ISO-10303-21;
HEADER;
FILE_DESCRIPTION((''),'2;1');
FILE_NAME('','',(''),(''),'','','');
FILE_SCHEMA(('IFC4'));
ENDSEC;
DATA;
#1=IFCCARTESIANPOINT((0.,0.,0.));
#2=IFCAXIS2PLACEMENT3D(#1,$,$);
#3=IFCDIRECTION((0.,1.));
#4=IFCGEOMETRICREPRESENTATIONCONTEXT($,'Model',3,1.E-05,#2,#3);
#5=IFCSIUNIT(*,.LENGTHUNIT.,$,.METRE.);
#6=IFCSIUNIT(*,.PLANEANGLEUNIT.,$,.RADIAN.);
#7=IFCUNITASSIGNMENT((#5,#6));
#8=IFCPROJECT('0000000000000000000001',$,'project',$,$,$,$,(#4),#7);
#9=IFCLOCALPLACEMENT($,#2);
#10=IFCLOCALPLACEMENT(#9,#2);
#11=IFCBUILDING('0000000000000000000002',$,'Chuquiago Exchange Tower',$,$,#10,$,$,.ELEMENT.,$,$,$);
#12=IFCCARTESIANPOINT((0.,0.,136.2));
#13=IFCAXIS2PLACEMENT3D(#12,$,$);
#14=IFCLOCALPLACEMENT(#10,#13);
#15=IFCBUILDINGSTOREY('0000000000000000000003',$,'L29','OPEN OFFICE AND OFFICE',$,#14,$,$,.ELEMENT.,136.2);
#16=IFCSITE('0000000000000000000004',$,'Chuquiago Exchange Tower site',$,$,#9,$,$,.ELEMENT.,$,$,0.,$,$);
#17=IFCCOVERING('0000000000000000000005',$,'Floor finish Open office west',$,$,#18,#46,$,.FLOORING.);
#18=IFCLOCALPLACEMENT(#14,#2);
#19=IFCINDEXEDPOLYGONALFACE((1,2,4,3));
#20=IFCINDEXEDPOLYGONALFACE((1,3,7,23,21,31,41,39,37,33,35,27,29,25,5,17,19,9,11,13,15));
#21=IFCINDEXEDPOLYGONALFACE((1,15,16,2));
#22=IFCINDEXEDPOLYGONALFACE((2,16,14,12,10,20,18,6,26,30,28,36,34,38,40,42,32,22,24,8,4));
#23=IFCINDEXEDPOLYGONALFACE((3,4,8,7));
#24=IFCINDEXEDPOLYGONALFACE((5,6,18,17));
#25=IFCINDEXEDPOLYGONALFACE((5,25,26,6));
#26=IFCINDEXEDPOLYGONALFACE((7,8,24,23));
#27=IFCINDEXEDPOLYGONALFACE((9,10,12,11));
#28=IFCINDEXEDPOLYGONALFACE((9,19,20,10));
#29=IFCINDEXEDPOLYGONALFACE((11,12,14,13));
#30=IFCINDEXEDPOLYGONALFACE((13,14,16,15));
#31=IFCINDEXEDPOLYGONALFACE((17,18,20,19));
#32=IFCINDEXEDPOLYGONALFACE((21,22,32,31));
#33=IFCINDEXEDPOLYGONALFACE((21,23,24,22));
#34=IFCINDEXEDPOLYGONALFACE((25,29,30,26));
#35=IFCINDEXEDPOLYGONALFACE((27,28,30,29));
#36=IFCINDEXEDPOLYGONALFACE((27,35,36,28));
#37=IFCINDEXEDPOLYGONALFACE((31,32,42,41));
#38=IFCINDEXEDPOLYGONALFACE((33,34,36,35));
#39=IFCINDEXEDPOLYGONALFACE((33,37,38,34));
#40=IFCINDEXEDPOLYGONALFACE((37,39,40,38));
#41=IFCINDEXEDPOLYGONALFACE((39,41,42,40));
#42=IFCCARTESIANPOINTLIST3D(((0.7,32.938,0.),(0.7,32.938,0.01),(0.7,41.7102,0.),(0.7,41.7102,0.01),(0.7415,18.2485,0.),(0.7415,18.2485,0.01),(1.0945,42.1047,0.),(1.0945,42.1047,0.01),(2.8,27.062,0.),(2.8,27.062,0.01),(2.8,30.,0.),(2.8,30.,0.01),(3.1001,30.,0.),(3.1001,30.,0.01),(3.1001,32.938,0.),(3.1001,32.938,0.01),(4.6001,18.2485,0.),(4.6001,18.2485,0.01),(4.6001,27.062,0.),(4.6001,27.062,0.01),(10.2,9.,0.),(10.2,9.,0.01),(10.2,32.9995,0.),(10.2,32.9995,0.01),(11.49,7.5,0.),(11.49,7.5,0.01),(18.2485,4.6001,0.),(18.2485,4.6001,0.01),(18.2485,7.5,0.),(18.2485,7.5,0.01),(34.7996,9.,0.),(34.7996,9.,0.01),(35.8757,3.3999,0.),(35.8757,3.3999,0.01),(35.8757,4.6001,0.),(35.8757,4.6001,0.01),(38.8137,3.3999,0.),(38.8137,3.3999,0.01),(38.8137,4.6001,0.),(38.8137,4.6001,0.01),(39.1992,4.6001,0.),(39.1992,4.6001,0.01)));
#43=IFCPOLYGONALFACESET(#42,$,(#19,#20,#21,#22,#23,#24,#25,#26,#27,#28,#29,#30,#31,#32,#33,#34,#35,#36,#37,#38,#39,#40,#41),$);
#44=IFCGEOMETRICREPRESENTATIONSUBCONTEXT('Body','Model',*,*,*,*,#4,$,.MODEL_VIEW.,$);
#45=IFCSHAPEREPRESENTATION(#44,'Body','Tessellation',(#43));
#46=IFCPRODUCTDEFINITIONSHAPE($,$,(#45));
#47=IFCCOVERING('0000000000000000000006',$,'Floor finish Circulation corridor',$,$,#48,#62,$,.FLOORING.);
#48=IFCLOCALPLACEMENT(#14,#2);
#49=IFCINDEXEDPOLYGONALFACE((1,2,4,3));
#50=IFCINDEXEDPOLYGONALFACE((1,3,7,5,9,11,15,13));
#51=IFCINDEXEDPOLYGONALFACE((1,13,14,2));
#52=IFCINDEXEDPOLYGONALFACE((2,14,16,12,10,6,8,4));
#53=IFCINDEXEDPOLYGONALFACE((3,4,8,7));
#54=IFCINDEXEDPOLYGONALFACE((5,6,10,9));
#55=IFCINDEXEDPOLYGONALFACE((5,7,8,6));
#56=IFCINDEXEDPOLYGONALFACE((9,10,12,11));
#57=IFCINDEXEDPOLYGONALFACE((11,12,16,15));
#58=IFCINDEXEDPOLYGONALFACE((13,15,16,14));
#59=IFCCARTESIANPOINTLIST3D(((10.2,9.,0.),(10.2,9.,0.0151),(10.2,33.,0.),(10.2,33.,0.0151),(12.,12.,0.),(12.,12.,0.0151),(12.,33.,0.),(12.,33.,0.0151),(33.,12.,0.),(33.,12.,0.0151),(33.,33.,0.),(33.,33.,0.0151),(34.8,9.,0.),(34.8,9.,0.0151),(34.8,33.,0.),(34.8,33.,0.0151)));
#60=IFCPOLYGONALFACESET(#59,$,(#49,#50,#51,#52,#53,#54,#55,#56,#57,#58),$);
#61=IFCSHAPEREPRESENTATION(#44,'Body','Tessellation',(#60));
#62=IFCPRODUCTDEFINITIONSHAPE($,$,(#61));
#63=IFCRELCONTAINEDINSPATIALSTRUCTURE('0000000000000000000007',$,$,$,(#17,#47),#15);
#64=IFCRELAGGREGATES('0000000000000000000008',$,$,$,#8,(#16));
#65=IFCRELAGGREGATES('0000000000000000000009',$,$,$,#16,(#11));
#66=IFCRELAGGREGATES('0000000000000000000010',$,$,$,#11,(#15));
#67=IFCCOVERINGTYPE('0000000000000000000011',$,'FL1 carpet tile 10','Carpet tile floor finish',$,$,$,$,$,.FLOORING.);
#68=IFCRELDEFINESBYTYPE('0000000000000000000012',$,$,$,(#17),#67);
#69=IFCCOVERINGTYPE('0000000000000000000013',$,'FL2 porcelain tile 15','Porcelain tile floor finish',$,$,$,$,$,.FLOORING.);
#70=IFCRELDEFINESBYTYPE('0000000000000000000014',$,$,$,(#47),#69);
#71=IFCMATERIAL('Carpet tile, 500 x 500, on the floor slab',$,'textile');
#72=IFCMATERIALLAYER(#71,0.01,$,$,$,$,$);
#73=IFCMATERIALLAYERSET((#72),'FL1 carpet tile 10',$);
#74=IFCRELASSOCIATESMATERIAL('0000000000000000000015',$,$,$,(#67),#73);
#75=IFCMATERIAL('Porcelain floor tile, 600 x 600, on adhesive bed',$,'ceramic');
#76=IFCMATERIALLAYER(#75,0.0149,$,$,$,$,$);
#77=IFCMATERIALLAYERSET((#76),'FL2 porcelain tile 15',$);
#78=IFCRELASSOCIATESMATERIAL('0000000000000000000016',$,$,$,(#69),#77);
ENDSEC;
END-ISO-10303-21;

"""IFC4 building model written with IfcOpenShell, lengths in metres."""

from ifc_helpers import new_model, si_unit, direction, frame, origin, place, context, subcontext, project, spatial, polyline, outline, extrude, material, layer, layer_set, type_object, element, save


model = new_model("IFC4")

# Units and contexts
model_context = context("Model", 3, precision=1e-05, world=origin(), true_north=direction((0.0, 1.0)))
body_context = subcontext(model_context, "Body", "Model", "MODEL_VIEW")
ifc_project = project(units=[si_unit("LENGTHUNIT", "METRE"), si_unit("PLANEANGLEUNIT", "RADIAN")], contexts=[model_context])

# Site, building, storey
site_placement = place(None, origin())
site = spatial("IfcSite", under=ifc_project, at=site_placement, Name="Chuquiago Exchange Tower site", CompositionType="ELEMENT", RefElevation=0.0)
building_placement = place(site_placement, origin())
building = spatial("IfcBuilding", under=site, at=building_placement, Name="Chuquiago Exchange Tower", CompositionType="ELEMENT")
storey_placement = place(building_placement, frame((0.0, 0.0, 136.2)))
storey = spatial("IfcBuildingStorey", under=building, at=storey_placement, Name="L29", Description="OPEN OFFICE AND OFFICE", CompositionType="ELEMENT", Elevation=136.2)

# Coverings
ifc_material_1 = material(Name="Carpet tile, 500 x 500, on the floor slab", Category="textile")
ifc_layer_1 = layer(ifc_material_1, 0.01)
ifc_layer_set_1 = layer_set([ifc_layer_1], Name="FL1 carpet tile 10")
covering_type_1 = type_object("IfcCoveringType", Name="FL1 carpet tile 10", Description="Carpet tile floor finish", PredefinedType="FLOORING", material=ifc_layer_set_1)
covering_1_placement = place(storey_placement, origin())
element("IfcCovering", 1, at=covering_1_placement, inside=storey, type_object=covering_type_1, Name="Floor finish Open office west", PredefinedType="FLOORING", context=body_context, shape_type="SweptSolid", body=[
    extrude(outline(polyline([(38.8137, 4.6001), (38.8137, 3.3999), (35.8757, 3.3999), (35.8757, 4.6001), (18.2485, 4.6001), (18.2485, 7.5), (11.49, 7.5), (18.2485, 0.7415), (0.7415, 18.2485), (4.6001, 18.2485), (4.6001, 27.062), (2.8, 27.062), (2.8, 30.0), (3.1001, 30.0), (3.1001, 32.938), (0.7, 32.938), (0.7, 41.7102), (1.0945, 42.1047), (10.2, 32.9995), (10.2, 9.0), (34.7996, 9.0), (39.1992, 4.6001), (38.8137, 4.6001)])), origin(), (0.0, 0.0, 1.0), 0.01),
])
ifc_material_2 = material(Name="Porcelain floor tile, 600 x 600, on adhesive bed", Category="ceramic")
ifc_layer_2 = layer(ifc_material_2, 0.0149)
ifc_layer_set_2 = layer_set([ifc_layer_2], Name="FL2 porcelain tile 15")
covering_type_2 = type_object("IfcCoveringType", Name="FL2 porcelain tile 15", Description="Porcelain tile floor finish", PredefinedType="FLOORING", material=ifc_layer_set_2)
covering_2_placement = place(storey_placement, origin())
element("IfcCovering", 2, at=covering_2_placement, inside=storey, type_object=covering_type_2, Name="Floor finish Circulation corridor", PredefinedType="FLOORING", context=body_context, shape_type="SweptSolid", body=[
    extrude(outline(polyline([(12.0, 12.0), (33.0, 12.0), (33.0, 33.0), (34.8, 33.0), (34.8, 9.0), (10.2, 9.0), (10.2, 33.0), (12.0, 33.0), (12.0, 12.0)])), origin(), (0.0, 0.0, 1.0), 0.0151),
])

save(model, "model.ifc")
